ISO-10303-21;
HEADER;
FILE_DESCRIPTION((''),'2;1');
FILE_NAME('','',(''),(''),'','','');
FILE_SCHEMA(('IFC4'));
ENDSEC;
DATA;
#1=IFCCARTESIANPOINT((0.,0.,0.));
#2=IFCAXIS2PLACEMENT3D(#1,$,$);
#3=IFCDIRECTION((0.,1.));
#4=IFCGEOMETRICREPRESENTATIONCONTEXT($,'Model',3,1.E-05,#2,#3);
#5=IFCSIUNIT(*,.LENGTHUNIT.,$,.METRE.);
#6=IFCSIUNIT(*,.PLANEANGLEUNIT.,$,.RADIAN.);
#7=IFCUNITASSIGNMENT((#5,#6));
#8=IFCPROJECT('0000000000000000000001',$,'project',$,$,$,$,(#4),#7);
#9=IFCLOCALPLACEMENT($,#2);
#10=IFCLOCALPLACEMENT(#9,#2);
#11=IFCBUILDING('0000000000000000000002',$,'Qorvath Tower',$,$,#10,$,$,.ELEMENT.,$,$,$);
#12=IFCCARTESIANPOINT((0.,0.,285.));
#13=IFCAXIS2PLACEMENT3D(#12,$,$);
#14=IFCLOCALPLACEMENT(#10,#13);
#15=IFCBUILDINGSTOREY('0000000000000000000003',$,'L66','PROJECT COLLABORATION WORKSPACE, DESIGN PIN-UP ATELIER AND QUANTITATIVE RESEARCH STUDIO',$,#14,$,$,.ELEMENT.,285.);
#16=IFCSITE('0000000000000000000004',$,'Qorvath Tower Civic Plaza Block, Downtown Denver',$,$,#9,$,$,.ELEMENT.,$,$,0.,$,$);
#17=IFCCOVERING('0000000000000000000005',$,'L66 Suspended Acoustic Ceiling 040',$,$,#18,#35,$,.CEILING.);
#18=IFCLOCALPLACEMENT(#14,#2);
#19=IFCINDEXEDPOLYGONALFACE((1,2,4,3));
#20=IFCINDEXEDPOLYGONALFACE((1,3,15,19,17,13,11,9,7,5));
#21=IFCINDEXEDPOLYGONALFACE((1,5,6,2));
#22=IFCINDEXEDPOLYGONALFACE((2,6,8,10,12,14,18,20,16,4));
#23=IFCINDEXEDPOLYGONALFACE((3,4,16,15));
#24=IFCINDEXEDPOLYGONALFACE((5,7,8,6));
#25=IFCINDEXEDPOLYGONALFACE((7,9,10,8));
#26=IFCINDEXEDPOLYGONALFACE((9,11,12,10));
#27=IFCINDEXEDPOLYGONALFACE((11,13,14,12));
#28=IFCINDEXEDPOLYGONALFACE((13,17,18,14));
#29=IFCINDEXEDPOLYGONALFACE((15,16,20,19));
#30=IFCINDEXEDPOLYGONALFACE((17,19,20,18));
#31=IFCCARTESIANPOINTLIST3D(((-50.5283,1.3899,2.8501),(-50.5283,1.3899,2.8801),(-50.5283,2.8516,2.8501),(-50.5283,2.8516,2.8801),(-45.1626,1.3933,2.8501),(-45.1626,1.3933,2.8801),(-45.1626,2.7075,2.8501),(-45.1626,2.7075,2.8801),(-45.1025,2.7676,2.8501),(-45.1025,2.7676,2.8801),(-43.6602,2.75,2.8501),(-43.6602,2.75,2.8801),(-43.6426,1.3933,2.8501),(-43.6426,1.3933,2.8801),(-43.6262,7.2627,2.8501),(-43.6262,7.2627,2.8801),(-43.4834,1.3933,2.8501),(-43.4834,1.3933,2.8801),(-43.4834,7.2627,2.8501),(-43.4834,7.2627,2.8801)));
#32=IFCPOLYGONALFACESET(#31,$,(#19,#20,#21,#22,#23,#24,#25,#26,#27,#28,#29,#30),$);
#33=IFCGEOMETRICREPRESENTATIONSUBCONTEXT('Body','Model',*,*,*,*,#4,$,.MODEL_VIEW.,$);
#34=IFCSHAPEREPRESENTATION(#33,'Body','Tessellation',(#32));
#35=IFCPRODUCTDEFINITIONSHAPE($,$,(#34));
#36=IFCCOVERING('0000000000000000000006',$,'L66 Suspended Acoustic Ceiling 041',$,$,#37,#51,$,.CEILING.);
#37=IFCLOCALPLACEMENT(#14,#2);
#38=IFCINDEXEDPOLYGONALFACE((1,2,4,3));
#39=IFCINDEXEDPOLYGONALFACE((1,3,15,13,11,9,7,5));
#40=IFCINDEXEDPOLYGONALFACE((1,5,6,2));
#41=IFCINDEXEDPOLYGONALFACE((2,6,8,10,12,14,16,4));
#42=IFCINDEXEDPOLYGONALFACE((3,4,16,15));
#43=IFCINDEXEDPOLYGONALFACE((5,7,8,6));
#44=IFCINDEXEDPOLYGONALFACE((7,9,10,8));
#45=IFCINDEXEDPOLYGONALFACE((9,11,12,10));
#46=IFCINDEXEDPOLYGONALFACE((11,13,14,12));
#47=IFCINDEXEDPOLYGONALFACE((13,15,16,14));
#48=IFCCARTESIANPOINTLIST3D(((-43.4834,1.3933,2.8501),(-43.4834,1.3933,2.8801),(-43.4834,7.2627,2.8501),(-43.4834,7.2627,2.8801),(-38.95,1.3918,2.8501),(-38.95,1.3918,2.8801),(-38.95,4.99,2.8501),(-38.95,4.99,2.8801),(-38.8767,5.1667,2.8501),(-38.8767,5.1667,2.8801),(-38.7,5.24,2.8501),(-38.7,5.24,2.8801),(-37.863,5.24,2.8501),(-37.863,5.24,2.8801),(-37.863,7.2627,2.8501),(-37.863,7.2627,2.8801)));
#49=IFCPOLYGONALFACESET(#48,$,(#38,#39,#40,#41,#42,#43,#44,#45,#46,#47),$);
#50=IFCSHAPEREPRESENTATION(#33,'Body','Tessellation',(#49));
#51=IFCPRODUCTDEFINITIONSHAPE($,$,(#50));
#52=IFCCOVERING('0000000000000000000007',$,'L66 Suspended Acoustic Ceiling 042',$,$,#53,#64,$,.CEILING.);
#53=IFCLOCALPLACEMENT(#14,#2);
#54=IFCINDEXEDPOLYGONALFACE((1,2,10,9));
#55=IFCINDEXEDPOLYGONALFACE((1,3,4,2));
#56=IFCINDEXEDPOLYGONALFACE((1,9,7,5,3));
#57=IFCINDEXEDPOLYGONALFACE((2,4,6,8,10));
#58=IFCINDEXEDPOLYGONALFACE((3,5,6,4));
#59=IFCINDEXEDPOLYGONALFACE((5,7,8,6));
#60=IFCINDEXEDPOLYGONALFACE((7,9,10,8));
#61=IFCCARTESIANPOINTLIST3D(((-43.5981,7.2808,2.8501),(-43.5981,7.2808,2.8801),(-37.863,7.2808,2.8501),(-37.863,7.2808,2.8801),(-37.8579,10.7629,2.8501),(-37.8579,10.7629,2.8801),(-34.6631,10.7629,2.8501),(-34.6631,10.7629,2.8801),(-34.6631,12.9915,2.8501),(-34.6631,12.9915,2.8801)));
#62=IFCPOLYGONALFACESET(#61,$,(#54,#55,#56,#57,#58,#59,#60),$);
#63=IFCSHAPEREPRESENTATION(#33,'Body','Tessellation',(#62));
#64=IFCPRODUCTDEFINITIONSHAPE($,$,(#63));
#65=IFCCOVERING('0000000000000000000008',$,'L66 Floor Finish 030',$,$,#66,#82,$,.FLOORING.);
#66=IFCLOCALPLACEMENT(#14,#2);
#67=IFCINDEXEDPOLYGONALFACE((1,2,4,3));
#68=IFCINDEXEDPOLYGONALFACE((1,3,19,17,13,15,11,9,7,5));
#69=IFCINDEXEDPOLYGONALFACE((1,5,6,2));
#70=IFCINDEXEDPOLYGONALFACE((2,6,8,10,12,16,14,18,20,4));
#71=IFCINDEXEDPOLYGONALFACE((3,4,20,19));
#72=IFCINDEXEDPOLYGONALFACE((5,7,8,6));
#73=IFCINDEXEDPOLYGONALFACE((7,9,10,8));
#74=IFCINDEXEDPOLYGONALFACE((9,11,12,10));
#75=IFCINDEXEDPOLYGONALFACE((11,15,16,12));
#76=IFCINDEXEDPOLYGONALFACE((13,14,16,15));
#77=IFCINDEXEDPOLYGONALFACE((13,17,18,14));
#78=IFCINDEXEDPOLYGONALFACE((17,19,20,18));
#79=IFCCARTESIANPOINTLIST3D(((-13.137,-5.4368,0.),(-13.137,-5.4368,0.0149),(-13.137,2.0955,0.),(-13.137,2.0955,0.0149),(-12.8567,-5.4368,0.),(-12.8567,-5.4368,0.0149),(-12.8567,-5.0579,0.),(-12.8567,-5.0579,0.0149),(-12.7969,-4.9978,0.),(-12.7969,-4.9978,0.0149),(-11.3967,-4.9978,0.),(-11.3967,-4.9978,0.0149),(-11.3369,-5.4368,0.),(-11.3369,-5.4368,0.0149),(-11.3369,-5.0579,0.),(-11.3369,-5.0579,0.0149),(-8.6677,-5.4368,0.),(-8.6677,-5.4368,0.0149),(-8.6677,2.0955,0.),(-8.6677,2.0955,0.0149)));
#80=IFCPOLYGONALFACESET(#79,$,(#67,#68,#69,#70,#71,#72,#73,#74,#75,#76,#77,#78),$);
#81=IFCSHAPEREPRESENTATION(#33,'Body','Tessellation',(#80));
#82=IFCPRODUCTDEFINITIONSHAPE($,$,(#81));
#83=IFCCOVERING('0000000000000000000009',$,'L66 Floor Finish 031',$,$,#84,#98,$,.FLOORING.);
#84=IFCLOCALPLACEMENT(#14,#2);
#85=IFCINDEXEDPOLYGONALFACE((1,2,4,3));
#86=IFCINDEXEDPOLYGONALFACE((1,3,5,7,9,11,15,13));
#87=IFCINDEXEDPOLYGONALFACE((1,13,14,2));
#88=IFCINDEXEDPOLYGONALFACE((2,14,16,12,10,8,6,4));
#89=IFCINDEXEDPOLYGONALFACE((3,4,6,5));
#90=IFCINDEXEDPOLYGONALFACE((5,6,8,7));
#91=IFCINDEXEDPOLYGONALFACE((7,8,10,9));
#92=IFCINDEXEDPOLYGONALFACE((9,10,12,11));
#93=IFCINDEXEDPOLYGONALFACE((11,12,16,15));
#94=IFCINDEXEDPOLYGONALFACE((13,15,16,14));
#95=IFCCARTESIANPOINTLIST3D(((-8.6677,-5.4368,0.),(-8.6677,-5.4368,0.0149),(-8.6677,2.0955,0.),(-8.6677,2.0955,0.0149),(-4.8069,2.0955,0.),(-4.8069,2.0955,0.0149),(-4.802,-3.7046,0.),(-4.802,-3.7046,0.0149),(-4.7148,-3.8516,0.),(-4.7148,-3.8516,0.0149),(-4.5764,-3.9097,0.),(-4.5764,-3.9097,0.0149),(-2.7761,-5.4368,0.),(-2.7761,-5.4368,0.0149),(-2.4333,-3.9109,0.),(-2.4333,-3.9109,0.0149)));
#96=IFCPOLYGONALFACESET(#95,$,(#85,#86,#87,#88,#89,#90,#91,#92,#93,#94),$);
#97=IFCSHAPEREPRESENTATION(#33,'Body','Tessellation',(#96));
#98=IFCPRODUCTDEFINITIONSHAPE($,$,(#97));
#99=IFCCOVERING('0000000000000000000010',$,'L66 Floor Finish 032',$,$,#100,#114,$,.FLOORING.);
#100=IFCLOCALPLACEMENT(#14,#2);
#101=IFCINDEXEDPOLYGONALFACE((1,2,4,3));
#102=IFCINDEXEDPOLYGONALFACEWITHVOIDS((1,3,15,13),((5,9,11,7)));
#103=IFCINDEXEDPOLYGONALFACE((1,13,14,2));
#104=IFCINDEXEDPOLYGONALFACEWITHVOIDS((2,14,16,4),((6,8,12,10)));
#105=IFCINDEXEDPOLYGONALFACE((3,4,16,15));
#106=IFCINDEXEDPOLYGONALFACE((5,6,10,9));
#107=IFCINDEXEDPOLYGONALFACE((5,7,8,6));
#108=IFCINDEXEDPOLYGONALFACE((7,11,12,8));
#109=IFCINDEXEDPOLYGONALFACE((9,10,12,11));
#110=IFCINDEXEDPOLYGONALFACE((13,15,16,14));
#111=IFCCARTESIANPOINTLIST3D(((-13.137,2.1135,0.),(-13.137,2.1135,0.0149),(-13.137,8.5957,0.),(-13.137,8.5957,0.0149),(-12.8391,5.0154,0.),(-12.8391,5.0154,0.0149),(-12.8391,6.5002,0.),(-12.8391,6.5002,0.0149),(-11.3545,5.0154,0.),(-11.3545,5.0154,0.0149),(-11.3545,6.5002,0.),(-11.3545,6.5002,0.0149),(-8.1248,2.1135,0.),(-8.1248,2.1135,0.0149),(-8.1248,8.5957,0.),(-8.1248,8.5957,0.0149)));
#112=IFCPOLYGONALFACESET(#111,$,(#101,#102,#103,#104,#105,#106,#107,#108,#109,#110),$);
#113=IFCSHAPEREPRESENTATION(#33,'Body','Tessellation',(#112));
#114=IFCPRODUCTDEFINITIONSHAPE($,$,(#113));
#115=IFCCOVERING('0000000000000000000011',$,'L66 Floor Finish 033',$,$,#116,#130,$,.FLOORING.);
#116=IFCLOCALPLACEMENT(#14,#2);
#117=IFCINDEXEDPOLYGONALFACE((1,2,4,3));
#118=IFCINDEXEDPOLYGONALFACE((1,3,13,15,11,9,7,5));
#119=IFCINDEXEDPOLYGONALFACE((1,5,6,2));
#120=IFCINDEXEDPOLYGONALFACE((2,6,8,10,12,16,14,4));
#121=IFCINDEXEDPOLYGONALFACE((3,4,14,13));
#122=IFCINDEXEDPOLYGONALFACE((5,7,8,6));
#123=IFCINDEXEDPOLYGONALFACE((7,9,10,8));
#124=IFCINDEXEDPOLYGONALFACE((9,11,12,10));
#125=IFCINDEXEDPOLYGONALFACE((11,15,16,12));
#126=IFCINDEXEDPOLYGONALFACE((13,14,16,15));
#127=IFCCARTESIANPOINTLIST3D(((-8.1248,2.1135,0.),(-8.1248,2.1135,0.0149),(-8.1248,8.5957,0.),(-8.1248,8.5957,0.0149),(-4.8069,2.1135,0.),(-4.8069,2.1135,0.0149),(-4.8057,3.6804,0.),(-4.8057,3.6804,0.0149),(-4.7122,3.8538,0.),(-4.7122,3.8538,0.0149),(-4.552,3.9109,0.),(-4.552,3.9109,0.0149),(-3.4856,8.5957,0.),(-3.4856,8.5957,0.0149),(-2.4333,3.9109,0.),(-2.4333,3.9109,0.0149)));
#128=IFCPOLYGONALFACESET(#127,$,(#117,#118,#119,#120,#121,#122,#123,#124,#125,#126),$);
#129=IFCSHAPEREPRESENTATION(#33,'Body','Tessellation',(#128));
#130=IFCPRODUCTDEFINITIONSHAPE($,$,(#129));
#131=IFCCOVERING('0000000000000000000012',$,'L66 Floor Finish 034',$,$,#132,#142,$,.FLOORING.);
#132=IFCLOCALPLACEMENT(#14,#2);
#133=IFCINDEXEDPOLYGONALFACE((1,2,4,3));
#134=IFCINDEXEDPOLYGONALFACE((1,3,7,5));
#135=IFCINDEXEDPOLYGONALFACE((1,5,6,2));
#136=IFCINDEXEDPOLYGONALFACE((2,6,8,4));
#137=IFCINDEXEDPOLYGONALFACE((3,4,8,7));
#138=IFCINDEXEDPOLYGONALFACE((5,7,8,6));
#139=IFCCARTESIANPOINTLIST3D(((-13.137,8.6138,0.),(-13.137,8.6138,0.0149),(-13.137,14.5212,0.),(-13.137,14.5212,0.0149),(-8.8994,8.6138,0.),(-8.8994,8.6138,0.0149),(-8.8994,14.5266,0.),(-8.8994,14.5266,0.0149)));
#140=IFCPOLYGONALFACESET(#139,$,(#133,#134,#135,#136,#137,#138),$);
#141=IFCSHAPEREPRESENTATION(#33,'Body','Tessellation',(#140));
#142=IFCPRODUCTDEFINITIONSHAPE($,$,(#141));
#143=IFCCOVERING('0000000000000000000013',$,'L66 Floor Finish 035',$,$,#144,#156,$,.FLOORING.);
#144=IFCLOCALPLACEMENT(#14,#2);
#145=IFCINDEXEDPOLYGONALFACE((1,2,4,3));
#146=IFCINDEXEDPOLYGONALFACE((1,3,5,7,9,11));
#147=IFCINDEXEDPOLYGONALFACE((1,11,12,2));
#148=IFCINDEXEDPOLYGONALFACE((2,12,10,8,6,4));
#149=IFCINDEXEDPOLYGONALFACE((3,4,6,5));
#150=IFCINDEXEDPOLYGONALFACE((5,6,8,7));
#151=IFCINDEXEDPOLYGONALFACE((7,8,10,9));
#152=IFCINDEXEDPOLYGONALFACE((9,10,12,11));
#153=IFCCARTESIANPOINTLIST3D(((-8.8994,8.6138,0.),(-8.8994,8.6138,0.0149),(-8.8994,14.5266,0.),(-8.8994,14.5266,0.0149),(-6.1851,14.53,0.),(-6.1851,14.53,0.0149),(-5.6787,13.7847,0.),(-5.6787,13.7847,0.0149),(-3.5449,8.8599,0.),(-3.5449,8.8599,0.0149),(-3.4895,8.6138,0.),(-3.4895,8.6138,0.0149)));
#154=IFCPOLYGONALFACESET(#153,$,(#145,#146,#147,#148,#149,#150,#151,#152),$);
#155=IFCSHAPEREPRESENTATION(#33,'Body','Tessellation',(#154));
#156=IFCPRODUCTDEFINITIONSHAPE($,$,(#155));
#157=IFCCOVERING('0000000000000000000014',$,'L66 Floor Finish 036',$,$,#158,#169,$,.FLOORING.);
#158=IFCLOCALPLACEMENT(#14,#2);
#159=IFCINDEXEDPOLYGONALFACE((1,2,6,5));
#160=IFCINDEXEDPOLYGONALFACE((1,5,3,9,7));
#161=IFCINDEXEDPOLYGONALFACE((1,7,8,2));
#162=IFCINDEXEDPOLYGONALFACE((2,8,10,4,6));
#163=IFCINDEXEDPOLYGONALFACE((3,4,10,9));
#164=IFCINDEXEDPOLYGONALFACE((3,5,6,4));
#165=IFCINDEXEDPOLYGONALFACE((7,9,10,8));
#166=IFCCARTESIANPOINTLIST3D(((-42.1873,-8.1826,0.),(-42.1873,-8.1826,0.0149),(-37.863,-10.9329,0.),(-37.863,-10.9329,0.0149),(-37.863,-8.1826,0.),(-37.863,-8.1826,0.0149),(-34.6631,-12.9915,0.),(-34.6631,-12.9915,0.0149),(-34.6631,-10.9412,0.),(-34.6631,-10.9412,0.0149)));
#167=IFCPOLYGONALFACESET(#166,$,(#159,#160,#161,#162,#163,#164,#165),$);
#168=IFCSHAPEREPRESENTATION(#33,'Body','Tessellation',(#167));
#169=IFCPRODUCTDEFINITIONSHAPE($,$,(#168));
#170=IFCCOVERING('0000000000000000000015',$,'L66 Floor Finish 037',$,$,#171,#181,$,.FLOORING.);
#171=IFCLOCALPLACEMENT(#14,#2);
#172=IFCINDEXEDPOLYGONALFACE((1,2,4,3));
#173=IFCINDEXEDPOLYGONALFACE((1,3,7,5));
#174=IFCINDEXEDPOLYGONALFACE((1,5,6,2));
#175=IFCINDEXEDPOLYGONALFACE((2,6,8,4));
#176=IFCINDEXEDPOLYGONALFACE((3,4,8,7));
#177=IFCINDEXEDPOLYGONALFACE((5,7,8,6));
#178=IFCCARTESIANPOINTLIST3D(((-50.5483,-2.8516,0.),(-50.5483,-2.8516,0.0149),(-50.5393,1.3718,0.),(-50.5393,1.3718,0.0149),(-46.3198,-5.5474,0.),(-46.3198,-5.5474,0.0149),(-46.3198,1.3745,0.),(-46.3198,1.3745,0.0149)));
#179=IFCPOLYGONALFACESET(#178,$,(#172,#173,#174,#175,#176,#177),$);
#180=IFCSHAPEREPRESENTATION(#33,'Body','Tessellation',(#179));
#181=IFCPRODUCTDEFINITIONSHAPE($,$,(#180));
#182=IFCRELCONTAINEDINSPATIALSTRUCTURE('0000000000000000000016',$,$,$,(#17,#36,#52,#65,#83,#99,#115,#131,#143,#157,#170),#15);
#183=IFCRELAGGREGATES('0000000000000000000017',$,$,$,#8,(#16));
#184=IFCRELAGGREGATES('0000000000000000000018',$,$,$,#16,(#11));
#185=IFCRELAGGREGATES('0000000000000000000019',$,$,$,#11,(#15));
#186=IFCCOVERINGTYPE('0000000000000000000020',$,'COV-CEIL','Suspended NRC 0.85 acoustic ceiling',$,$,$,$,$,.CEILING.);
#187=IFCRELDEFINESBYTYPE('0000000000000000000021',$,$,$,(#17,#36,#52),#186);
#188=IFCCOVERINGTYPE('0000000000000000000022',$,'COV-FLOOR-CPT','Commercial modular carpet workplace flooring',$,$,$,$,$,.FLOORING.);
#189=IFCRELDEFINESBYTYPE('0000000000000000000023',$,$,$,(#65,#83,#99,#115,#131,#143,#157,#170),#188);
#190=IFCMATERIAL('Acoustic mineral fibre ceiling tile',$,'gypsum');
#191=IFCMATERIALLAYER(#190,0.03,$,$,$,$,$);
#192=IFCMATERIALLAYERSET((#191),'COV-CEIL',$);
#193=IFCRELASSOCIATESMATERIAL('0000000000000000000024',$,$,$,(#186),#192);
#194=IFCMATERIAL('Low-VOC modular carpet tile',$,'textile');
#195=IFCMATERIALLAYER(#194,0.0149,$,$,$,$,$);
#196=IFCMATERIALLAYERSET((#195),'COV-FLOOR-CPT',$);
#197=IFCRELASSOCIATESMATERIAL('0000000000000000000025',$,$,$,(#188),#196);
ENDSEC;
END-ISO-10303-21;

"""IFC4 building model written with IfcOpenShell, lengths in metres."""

from ifc_helpers import new_model, si_unit, direction, frame, origin, place, context, subcontext, project, spatial, polyline, outline, extrude, material, layer, layer_set, type_object, element, save


model = new_model("IFC4")

# Units and contexts
model_context = context("Model", 3, precision=1e-05, world=origin(), true_north=direction((0.0, 1.0)))
body_context = subcontext(model_context, "Body", "Model", "MODEL_VIEW")
ifc_project = project(units=[si_unit("LENGTHUNIT", "METRE"), si_unit("PLANEANGLEUNIT", "RADIAN")], contexts=[model_context])

# Site, building, storey
site_placement = place(None, origin())
site = spatial("IfcSite", under=ifc_project, at=site_placement, Name="Qorvath Tower Civic Plaza Block, Downtown Denver", CompositionType="ELEMENT", RefElevation=0.0)
building_placement = place(site_placement, origin())
building = spatial("IfcBuilding", under=site, at=building_placement, Name="Qorvath Tower", CompositionType="ELEMENT")
storey_placement = place(building_placement, frame((0.0, 0.0, 285.0)))
storey = spatial("IfcBuildingStorey", under=building, at=storey_placement, Name="L66", Description="PROJECT COLLABORATION WORKSPACE, DESIGN PIN-UP ATELIER AND QUANTITATIVE RESEARCH STUDIO", CompositionType="ELEMENT", Elevation=285.0)

# Coverings
ifc_material_1 = material(Name="Acoustic mineral fibre ceiling tile", Category="gypsum")
ifc_layer_1 = layer(ifc_material_1, 0.03)
ifc_layer_set_1 = layer_set([ifc_layer_1], Name="COV-CEIL")
covering_type_1 = type_object("IfcCoveringType", Name="COV-CEIL", Description="Suspended NRC 0.85 acoustic ceiling", PredefinedType="CEILING", material=ifc_layer_set_1)
covering_1_placement = place(storey_placement, frame((0.0, 0.0, 2.8501)))
element("IfcCovering", 1, at=covering_1_placement, inside=storey, type_object=covering_type_1, Name="L66 Suspended Acoustic Ceiling 040", PredefinedType="CEILING", context=body_context, shape_type="SweptSolid", body=[
    extrude(outline(polyline([(-43.4834, 1.3933), (-43.4834, 7.2627), (-43.6262, 7.2627), (-50.5283, 2.8516), (-50.5283, 1.3899), (-45.1626, 1.3933), (-45.1626, 2.7075), (-45.1025, 2.7676), (-43.6602, 2.75), (-43.6426, 1.3933), (-43.4834, 1.3933)])), origin(), (0.0, 0.0, 1.0), 0.03),
])
covering_2_placement = place(storey_placement, frame((0.0, 0.0, 2.8501)))
element("IfcCovering", 2, at=covering_2_placement, inside=storey, type_object=covering_type_1, Name="L66 Suspended Acoustic Ceiling 041", PredefinedType="CEILING", context=body_context, shape_type="SweptSolid", body=[
    extrude(outline(polyline([(-37.863, 5.24), (-37.863, 7.2627), (-43.4834, 7.2627), (-43.4834, 1.3933), (-38.95, 1.3918), (-38.95, 4.99), (-38.8767, 5.1667), (-38.7, 5.24), (-37.863, 5.24)])), origin(), (0.0, 0.0, 1.0), 0.03),
])
covering_3_placement = place(storey_placement, frame((0.0, 0.0, 2.8501)))
element("IfcCovering", 3, at=covering_3_placement, inside=storey, type_object=covering_type_1, Name="L66 Suspended Acoustic Ceiling 042", PredefinedType="CEILING", context=body_context, shape_type="SweptSolid", body=[
    extrude(outline(polyline([(-34.6631, 10.7629), (-34.6631, 12.9915), (-43.5981, 7.2808), (-37.863, 7.2808), (-37.8579, 10.7629), (-34.6631, 10.7629)])), origin(), (0.0, 0.0, 1.0), 0.03),
])
ifc_material_2 = material(Name="Low-VOC modular carpet tile", Category="textile")
ifc_layer_2 = layer(ifc_material_2, 0.0149)
ifc_layer_set_2 = layer_set([ifc_layer_2], Name="COV-FLOOR-CPT")
covering_type_2 = type_object("IfcCoveringType", Name="COV-FLOOR-CPT", Description="Commercial modular carpet workplace flooring", PredefinedType="FLOORING", material=ifc_layer_set_2)
covering_4_placement = place(storey_placement, origin())
element("IfcCovering", 4, at=covering_4_placement, inside=storey, type_object=covering_type_2, Name="L66 Floor Finish 030", PredefinedType="FLOORING", context=body_context, shape_type="SweptSolid", body=[
    extrude(outline(polyline([(-8.6677, -5.4368), (-8.6677, 2.0955), (-13.137, 2.0955), (-13.137, -5.4368), (-12.8567, -5.4368), (-12.8567, -5.0579), (-12.7969, -4.9978), (-11.3967, -4.9978), (-11.3369, -5.0579), (-11.3369, -5.4368), (-8.6677, -5.4368)])), origin(), (0.0, 0.0, 1.0), 0.0149),
])
covering_5_placement = place(storey_placement, origin())
element("IfcCovering", 5, at=covering_5_placement, inside=storey, type_object=covering_type_2, Name="L66 Floor Finish 031", PredefinedType="FLOORING", context=body_context, shape_type="SweptSolid", body=[
    extrude(outline(polyline([(-4.7148, -3.8516), (-4.802, -3.7046), (-4.8069, 2.0955), (-8.6677, 2.0955), (-8.6677, -5.4368), (-2.7761, -5.4368), (-2.4333, -3.9109), (-4.5764, -3.9097), (-4.7148, -3.8516)])), origin(), (0.0, 0.0, 1.0), 0.0149),
])
covering_6_placement = place(storey_placement, origin())
element("IfcCovering", 6, at=covering_6_placement, inside=storey, type_object=covering_type_2, Name="L66 Floor Finish 032", PredefinedType="FLOORING", context=body_context, shape_type="SweptSolid", body=[
    extrude(outline(polyline([(-8.1248, 2.1135), (-8.1248, 8.5957), (-13.137, 8.5957), (-13.137, 2.1135), (-8.1248, 2.1135)]), holes=[polyline([(-12.8391, 5.0154), (-12.8391, 6.5002), (-11.3545, 6.5002), (-11.3545, 5.0154), (-12.8391, 5.0154)])]), origin(), (0.0, 0.0, 1.0), 0.0149),
])
covering_7_placement = place(storey_placement, origin())
element("IfcCovering", 7, at=covering_7_placement, inside=storey, type_object=covering_type_2, Name="L66 Floor Finish 033", PredefinedType="FLOORING", context=body_context, shape_type="SweptSolid", body=[
    extrude(outline(polyline([(-4.7122, 3.8538), (-4.552, 3.9109), (-2.4333, 3.9109), (-3.4856, 8.5957), (-8.1248, 8.5957), (-8.1248, 2.1135), (-4.8069, 2.1135), (-4.8057, 3.6804), (-4.7122, 3.8538)])), origin(), (0.0, 0.0, 1.0), 0.0149),
])
covering_8_placement = place(storey_placement, origin())
element("IfcCovering", 8, at=covering_8_placement, inside=storey, type_object=covering_type_2, Name="L66 Floor Finish 034", PredefinedType="FLOORING", context=body_context, shape_type="SweptSolid", body=[
    extrude(outline(polyline([(-13.137, 8.6138), (-8.8994, 8.6138), (-8.8994, 14.5266), (-13.137, 14.5212), (-13.137, 8.6138)])), origin(), (0.0, 0.0, 1.0), 0.0149),
])
covering_9_placement = place(storey_placement, origin())
element("IfcCovering", 9, at=covering_9_placement, inside=storey, type_object=covering_type_2, Name="L66 Floor Finish 035", PredefinedType="FLOORING", context=body_context, shape_type="SweptSolid", body=[
    extrude(outline(polyline([(-8.8994, 14.5266), (-8.8994, 8.6138), (-3.4895, 8.6138), (-3.5449, 8.8599), (-5.6787, 13.7847), (-6.1851, 14.53), (-8.8994, 14.5266)])), origin(), (0.0, 0.0, 1.0), 0.0149),
])
covering_10_placement = place(storey_placement, origin())
element("IfcCovering", 10, at=covering_10_placement, inside=storey, type_object=covering_type_2, Name="L66 Floor Finish 036", PredefinedType="FLOORING", context=body_context, shape_type="SweptSolid", body=[
    extrude(outline(polyline([(-37.863, -8.1826), (-42.1873, -8.1826), (-34.6631, -12.9915), (-34.6631, -10.9412), (-37.863, -10.9329), (-37.863, -8.1826)])), origin(), (0.0, 0.0, 1.0), 0.0149),
])
covering_11_placement = place(storey_placement, origin())
element("IfcCovering", 11, at=covering_11_placement, inside=storey, type_object=covering_type_2, Name="L66 Floor Finish 037", PredefinedType="FLOORING", context=body_context, shape_type="SweptSolid", body=[
    extrude(outline(polyline([(-50.5393, 1.3718), (-50.5483, -2.8516), (-46.3198, -5.5474), (-46.3198, 1.3745), (-50.5393, 1.3718)])), origin(), (0.0, 0.0, 1.0), 0.0149),
])

save(model, "model.ifc")
